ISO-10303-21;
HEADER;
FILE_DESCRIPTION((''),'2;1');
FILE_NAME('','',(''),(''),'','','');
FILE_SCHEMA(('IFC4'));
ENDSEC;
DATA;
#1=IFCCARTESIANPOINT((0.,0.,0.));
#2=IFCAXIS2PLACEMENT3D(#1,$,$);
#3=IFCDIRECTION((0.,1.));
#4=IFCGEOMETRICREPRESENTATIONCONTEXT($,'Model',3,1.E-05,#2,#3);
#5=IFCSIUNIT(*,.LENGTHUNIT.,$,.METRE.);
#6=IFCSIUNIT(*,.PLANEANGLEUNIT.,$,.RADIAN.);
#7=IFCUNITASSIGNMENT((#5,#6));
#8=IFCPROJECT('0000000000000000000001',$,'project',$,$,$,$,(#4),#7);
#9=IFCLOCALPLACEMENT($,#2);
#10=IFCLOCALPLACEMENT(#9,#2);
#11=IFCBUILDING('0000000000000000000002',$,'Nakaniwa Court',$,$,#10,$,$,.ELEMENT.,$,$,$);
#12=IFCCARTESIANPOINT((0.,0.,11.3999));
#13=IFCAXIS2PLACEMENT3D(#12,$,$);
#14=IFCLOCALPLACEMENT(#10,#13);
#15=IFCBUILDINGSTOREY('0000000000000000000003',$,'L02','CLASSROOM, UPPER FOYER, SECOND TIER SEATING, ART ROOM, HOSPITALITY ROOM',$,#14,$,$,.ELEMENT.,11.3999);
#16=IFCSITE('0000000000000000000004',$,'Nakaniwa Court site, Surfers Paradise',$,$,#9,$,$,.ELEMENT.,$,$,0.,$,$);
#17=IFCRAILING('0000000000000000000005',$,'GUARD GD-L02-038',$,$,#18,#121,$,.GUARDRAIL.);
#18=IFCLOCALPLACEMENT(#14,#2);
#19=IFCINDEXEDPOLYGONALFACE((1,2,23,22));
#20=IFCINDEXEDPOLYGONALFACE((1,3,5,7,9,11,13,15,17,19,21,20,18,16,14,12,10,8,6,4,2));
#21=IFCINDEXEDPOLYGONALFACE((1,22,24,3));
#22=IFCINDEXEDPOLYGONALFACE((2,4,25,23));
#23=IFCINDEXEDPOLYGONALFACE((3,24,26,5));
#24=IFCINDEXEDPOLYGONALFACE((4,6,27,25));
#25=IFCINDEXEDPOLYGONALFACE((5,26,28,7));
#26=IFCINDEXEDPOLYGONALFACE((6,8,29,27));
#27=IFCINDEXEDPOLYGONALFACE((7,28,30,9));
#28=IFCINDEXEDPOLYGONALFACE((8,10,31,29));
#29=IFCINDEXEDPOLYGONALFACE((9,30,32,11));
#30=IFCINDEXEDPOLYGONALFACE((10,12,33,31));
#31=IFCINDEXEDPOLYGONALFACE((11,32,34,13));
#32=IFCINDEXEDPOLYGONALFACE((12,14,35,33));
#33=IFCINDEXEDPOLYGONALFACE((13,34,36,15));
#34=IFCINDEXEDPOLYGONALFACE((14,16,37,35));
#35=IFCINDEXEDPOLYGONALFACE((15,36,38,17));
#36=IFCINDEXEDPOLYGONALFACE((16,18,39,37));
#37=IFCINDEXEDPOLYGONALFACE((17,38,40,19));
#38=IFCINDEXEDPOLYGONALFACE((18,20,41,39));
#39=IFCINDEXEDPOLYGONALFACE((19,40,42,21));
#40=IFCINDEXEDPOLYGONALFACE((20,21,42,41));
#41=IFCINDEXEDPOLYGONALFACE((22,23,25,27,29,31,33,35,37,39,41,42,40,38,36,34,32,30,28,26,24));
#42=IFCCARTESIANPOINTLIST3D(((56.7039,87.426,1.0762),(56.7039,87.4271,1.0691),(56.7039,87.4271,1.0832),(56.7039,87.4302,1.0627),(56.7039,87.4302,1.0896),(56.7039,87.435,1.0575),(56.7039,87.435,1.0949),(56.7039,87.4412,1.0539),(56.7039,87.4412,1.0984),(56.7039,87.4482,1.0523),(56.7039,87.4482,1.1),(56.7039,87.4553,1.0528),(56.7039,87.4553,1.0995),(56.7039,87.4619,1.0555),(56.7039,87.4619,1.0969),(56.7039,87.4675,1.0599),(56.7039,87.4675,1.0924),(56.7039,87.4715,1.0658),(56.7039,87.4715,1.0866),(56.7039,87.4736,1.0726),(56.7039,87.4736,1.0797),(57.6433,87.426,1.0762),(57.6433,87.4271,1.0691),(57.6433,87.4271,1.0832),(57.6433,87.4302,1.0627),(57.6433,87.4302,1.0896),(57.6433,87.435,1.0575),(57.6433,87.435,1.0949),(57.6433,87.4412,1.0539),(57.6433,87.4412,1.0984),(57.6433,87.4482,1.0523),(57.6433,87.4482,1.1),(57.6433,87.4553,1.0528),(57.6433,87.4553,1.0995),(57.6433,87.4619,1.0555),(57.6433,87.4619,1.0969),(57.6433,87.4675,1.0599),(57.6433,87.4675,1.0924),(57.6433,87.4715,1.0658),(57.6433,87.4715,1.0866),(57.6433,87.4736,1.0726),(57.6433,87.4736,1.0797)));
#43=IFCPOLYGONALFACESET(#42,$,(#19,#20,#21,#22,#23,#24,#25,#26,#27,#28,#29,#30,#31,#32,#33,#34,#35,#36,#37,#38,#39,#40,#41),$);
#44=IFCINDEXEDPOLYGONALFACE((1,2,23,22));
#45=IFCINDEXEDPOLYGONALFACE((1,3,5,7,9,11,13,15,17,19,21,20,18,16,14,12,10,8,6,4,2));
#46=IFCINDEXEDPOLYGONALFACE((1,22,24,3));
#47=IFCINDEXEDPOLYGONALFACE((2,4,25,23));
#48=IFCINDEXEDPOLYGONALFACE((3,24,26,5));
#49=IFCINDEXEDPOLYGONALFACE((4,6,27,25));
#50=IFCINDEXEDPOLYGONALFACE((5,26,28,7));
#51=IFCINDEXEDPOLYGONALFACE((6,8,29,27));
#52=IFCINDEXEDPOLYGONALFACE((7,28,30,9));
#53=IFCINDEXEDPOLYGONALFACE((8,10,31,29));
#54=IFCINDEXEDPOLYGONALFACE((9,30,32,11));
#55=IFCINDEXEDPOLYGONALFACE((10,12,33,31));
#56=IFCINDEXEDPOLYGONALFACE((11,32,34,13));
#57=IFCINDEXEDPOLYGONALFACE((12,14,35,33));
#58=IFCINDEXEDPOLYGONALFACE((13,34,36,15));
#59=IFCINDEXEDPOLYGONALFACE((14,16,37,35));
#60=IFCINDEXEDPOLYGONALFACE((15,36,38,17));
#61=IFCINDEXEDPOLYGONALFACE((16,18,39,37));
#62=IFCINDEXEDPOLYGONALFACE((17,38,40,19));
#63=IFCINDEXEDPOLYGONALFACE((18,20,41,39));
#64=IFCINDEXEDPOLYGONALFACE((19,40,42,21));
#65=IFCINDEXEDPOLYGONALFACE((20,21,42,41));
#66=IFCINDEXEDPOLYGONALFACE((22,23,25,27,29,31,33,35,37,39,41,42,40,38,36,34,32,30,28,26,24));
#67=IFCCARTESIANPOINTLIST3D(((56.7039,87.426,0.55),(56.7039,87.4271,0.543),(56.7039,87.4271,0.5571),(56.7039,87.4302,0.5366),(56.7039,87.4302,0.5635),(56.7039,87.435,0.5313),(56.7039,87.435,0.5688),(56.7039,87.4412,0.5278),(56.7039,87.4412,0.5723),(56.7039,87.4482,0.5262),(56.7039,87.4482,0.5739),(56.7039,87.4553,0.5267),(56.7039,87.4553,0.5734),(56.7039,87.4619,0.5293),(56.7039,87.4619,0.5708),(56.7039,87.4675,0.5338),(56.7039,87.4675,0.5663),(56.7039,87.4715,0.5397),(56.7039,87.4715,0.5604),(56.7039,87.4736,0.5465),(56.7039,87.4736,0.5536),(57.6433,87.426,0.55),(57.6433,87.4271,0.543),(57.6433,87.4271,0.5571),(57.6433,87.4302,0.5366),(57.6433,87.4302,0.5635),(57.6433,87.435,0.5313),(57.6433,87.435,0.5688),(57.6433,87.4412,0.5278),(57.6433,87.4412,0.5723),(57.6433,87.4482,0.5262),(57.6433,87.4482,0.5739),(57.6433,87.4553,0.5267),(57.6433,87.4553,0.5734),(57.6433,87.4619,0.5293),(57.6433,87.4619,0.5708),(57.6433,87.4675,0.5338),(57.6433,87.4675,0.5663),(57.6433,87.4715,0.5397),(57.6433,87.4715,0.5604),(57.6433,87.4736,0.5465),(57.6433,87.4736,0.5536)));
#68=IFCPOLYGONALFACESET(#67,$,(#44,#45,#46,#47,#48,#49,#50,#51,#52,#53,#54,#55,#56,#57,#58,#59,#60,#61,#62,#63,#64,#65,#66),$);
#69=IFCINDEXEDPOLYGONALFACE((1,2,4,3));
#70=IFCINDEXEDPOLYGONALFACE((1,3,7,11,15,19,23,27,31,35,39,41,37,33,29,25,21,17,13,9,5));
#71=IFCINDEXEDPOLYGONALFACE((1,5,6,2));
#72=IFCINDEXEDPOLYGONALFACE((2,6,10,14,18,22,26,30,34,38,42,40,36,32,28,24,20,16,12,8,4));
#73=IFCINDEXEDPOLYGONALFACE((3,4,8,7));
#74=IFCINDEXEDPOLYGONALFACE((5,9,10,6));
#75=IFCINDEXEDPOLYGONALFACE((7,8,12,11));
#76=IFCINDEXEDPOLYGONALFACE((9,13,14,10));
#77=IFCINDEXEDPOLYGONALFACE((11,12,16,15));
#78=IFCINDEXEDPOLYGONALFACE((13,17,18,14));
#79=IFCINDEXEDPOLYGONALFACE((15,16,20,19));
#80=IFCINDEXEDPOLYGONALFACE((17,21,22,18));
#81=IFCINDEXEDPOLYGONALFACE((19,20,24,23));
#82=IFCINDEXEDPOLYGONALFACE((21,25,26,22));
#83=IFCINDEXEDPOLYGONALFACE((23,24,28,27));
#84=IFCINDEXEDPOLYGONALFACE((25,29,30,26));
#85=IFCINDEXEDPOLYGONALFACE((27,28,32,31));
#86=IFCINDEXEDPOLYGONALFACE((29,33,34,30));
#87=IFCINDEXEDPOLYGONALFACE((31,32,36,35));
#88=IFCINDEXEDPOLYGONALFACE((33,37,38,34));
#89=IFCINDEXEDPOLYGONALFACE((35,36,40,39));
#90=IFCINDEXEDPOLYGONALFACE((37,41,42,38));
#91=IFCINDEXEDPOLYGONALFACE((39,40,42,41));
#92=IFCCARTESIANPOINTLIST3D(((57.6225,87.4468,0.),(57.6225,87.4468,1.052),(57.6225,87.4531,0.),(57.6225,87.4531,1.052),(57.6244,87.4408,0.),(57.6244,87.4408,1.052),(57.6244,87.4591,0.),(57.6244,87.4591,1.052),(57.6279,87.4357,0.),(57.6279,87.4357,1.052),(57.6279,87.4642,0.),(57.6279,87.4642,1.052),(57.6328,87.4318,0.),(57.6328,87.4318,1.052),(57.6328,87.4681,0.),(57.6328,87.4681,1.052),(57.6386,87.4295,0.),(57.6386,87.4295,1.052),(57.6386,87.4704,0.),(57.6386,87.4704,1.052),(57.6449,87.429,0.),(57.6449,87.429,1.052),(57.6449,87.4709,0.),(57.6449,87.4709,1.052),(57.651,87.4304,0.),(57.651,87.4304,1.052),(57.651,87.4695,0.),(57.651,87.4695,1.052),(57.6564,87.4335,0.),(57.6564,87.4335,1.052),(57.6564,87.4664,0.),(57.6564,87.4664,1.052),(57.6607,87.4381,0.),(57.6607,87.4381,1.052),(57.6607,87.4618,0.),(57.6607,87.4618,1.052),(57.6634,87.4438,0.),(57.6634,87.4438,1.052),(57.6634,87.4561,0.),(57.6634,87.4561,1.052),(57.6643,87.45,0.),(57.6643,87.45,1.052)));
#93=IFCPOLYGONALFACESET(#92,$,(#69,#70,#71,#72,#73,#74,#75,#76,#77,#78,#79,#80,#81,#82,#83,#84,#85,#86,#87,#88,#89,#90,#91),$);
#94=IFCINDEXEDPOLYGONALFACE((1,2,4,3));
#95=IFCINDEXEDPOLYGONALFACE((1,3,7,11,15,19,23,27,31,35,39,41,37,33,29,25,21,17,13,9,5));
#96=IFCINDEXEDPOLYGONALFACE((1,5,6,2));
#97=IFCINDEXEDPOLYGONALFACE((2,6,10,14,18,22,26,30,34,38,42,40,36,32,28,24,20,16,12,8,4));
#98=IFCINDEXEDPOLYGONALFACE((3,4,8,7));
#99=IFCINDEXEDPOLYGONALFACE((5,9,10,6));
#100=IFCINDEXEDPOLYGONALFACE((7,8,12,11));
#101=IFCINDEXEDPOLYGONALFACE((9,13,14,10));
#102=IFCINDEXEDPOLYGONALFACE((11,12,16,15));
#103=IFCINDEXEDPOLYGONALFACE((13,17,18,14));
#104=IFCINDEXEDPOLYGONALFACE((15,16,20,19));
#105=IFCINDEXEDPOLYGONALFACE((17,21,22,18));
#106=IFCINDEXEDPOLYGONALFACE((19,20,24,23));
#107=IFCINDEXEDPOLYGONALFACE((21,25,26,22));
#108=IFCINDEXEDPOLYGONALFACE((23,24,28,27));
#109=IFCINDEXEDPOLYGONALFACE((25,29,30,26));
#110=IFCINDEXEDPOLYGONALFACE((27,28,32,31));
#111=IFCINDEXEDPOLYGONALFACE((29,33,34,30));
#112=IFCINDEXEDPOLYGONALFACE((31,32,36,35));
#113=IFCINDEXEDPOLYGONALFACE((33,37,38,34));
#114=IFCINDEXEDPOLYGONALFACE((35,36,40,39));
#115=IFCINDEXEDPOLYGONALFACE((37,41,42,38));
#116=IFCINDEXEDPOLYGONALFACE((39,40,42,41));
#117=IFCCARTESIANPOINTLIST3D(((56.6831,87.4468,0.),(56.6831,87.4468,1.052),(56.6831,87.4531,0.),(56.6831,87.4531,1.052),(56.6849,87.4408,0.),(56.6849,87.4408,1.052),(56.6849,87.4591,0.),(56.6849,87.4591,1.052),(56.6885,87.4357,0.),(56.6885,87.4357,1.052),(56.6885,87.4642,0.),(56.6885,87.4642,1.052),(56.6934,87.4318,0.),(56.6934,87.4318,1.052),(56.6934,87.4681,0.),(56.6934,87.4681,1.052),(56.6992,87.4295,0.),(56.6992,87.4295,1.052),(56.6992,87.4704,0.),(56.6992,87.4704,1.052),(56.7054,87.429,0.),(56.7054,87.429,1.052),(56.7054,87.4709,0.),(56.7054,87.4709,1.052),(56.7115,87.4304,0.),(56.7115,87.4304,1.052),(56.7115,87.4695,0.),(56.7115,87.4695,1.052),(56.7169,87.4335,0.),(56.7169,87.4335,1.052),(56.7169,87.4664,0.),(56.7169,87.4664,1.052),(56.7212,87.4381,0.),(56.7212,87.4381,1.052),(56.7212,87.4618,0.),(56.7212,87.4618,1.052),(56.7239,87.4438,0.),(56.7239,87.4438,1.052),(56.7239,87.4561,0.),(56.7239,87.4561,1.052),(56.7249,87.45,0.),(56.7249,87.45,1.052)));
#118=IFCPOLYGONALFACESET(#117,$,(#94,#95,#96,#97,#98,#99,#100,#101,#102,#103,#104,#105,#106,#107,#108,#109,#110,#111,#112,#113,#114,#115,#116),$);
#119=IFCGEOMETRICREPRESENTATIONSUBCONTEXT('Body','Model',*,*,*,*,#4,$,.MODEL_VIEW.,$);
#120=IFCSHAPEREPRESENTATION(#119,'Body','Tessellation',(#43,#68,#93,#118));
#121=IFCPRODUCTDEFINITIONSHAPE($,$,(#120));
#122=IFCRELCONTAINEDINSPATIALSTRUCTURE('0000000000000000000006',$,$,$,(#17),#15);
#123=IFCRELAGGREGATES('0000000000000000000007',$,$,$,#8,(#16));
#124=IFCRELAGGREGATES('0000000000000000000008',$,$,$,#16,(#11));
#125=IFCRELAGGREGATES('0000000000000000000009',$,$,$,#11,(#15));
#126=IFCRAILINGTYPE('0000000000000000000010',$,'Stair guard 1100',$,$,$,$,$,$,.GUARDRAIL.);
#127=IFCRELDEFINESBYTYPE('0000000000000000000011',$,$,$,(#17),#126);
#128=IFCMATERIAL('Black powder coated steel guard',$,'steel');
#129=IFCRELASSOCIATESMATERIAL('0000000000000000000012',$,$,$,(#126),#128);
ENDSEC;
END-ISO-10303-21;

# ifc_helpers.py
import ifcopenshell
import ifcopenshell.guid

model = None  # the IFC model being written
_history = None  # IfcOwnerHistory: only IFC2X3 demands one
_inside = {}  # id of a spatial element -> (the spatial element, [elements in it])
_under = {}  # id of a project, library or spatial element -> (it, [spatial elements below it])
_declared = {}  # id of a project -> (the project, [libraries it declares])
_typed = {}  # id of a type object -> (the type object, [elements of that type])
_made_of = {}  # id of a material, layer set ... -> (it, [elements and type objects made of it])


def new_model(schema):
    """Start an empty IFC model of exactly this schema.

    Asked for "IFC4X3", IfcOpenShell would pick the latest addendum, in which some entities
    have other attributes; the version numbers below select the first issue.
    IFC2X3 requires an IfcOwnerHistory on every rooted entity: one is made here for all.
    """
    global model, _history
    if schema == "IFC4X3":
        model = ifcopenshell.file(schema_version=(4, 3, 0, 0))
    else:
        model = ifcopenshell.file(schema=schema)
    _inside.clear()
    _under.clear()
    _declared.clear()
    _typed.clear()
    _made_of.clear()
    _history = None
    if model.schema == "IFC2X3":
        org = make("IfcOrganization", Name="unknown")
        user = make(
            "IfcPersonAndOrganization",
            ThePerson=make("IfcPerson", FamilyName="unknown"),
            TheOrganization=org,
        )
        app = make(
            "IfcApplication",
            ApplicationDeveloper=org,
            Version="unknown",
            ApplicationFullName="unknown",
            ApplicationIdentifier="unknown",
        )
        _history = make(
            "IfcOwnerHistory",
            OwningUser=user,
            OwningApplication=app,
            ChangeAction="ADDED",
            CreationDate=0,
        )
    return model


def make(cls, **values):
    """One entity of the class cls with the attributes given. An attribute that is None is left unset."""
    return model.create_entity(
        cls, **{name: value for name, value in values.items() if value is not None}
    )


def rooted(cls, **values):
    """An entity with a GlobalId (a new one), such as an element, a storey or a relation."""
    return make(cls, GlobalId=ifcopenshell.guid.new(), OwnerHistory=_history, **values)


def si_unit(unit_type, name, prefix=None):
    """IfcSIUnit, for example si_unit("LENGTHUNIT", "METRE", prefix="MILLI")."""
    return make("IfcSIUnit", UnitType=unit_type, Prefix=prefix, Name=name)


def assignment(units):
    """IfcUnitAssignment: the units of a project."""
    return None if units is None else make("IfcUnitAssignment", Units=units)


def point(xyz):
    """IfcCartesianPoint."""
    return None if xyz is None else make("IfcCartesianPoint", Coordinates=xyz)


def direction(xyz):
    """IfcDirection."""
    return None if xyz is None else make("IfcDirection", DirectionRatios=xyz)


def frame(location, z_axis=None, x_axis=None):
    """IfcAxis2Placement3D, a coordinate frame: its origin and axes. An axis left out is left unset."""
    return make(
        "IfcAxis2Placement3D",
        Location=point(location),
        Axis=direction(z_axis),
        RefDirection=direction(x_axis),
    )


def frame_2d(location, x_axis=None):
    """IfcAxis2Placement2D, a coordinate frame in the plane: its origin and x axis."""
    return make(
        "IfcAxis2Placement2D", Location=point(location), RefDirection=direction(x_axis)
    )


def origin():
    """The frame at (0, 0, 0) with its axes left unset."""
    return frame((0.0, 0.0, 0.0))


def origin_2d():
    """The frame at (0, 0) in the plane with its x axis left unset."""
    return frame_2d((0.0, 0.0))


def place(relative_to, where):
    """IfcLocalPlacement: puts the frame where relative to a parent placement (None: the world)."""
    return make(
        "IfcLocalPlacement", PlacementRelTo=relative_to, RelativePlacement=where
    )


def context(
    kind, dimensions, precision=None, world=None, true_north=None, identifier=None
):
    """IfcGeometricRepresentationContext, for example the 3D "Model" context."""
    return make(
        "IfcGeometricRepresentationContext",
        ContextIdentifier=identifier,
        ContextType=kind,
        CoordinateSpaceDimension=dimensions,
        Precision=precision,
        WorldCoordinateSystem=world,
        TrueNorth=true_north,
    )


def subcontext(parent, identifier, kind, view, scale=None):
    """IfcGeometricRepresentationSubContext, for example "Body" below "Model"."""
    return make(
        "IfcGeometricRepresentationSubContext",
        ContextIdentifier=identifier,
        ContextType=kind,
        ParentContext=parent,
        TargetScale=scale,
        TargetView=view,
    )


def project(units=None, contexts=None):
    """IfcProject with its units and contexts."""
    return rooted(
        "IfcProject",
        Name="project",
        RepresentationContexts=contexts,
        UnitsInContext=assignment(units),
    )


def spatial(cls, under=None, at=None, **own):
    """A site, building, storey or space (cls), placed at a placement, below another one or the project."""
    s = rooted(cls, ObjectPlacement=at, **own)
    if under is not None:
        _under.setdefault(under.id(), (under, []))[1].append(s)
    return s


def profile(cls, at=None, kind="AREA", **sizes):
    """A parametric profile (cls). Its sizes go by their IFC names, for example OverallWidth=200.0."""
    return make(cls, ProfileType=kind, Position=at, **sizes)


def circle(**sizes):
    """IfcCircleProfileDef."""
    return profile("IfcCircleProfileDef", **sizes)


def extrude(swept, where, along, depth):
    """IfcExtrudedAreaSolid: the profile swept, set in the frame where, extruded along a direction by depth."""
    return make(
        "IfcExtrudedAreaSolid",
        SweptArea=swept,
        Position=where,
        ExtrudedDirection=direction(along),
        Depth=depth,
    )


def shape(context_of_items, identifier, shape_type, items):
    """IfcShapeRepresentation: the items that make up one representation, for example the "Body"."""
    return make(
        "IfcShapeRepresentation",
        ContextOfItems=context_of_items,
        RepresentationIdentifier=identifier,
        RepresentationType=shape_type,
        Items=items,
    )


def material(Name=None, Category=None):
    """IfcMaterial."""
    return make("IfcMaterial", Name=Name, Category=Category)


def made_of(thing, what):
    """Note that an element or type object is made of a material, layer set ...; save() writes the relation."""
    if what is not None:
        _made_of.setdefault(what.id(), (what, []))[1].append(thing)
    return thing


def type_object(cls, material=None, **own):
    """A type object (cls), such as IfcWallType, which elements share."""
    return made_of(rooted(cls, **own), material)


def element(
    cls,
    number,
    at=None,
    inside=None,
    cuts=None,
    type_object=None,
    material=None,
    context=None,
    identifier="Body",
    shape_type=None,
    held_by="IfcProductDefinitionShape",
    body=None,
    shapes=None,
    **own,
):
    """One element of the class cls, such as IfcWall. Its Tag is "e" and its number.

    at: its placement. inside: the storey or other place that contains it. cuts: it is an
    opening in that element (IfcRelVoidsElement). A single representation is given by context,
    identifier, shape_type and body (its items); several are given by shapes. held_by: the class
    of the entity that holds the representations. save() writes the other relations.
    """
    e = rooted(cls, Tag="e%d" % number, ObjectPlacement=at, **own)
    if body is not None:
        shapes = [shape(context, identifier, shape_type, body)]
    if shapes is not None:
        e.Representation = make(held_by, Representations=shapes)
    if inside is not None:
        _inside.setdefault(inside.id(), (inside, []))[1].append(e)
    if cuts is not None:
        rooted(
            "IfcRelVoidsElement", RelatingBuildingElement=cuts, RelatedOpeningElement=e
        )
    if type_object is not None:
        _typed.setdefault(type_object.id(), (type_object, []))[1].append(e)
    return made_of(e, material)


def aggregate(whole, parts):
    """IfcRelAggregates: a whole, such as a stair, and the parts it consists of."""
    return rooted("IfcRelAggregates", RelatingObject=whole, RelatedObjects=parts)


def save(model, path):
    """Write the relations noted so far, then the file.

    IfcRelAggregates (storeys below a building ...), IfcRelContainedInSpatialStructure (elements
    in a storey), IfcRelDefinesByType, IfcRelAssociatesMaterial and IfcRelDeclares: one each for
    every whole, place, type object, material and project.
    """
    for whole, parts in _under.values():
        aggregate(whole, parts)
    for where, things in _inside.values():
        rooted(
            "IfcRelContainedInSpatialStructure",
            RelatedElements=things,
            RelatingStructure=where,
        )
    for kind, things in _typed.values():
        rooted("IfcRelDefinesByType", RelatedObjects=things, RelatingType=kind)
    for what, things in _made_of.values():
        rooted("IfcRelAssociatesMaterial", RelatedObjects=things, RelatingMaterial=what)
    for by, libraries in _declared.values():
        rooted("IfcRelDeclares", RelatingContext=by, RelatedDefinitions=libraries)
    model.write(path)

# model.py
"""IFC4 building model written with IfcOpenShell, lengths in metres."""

from ifc_helpers import new_model, si_unit, direction, frame, origin, origin_2d, place, context, subcontext, project, spatial, circle, extrude, material, type_object, element, save


model = new_model("IFC4")

# Units and contexts
model_context = context("Model", 3, precision=1e-05, world=origin(), true_north=direction((0.0, 1.0)))
body_context = subcontext(model_context, "Body", "Model", "MODEL_VIEW")
ifc_project = project(units=[si_unit("LENGTHUNIT", "METRE"), si_unit("PLANEANGLEUNIT", "RADIAN")], contexts=[model_context])

# Site, building, storey
site_placement = place(None, origin())
site = spatial("IfcSite", under=ifc_project, at=site_placement, Name="Nakaniwa Court site, Surfers Paradise", CompositionType="ELEMENT", RefElevation=0.0)
building_placement = place(site_placement, origin())
building = spatial("IfcBuilding", under=site, at=building_placement, Name="Nakaniwa Court", CompositionType="ELEMENT")
storey_placement = place(building_placement, frame((0.0, 0.0, 11.3999)))
storey = spatial("IfcBuildingStorey", under=building, at=storey_placement, Name="L02", Description="CLASSROOM, UPPER FOYER, SECOND TIER SEATING, ART ROOM, HOSPITALITY ROOM", CompositionType="ELEMENT", Elevation=11.3999)

# Railing
ifc_material_1 = material(Name="Black powder coated steel guard", Category="steel")
railing_type = type_object("IfcRailingType", Name="Stair guard 1100", PredefinedType="GUARDRAIL", material=ifc_material_1)
railing_1_placement = place(storey_placement, frame((57.6433, 87.45, 0.0)))
element("IfcRailing", 1, at=railing_1_placement, inside=storey, type_object=railing_type, Name="GUARD GD-L02-038", PredefinedType="GUARDRAIL", context=body_context, shape_type="SweptSolid", body=[
    extrude(circle(Radius=0.0239, at=origin_2d()), frame((0.0, 0.0, 1.0762), z_axis=(-1.0, 0.0, 0.0), x_axis=(0.0, -1.0, 0.0)), (0.0, 0.0, 1.0), 0.9395),
    extrude(circle(Radius=0.0239, at=origin_2d()), frame((0.0, 0.0, 0.55), z_axis=(-1.0, 0.0, 0.0), x_axis=(0.0, -1.0, 0.0)), (0.0, 0.0, 1.0), 0.9395),
    extrude(circle(Radius=0.021, at=origin_2d()), origin(), (0.0, 0.0, 1.0), 1.052),
    extrude(circle(Radius=0.021, at=origin_2d()), frame((-0.9395, 0.0, 0.0)), (0.0, 0.0, 1.0), 1.052),
])

save(model, "model.ifc")
